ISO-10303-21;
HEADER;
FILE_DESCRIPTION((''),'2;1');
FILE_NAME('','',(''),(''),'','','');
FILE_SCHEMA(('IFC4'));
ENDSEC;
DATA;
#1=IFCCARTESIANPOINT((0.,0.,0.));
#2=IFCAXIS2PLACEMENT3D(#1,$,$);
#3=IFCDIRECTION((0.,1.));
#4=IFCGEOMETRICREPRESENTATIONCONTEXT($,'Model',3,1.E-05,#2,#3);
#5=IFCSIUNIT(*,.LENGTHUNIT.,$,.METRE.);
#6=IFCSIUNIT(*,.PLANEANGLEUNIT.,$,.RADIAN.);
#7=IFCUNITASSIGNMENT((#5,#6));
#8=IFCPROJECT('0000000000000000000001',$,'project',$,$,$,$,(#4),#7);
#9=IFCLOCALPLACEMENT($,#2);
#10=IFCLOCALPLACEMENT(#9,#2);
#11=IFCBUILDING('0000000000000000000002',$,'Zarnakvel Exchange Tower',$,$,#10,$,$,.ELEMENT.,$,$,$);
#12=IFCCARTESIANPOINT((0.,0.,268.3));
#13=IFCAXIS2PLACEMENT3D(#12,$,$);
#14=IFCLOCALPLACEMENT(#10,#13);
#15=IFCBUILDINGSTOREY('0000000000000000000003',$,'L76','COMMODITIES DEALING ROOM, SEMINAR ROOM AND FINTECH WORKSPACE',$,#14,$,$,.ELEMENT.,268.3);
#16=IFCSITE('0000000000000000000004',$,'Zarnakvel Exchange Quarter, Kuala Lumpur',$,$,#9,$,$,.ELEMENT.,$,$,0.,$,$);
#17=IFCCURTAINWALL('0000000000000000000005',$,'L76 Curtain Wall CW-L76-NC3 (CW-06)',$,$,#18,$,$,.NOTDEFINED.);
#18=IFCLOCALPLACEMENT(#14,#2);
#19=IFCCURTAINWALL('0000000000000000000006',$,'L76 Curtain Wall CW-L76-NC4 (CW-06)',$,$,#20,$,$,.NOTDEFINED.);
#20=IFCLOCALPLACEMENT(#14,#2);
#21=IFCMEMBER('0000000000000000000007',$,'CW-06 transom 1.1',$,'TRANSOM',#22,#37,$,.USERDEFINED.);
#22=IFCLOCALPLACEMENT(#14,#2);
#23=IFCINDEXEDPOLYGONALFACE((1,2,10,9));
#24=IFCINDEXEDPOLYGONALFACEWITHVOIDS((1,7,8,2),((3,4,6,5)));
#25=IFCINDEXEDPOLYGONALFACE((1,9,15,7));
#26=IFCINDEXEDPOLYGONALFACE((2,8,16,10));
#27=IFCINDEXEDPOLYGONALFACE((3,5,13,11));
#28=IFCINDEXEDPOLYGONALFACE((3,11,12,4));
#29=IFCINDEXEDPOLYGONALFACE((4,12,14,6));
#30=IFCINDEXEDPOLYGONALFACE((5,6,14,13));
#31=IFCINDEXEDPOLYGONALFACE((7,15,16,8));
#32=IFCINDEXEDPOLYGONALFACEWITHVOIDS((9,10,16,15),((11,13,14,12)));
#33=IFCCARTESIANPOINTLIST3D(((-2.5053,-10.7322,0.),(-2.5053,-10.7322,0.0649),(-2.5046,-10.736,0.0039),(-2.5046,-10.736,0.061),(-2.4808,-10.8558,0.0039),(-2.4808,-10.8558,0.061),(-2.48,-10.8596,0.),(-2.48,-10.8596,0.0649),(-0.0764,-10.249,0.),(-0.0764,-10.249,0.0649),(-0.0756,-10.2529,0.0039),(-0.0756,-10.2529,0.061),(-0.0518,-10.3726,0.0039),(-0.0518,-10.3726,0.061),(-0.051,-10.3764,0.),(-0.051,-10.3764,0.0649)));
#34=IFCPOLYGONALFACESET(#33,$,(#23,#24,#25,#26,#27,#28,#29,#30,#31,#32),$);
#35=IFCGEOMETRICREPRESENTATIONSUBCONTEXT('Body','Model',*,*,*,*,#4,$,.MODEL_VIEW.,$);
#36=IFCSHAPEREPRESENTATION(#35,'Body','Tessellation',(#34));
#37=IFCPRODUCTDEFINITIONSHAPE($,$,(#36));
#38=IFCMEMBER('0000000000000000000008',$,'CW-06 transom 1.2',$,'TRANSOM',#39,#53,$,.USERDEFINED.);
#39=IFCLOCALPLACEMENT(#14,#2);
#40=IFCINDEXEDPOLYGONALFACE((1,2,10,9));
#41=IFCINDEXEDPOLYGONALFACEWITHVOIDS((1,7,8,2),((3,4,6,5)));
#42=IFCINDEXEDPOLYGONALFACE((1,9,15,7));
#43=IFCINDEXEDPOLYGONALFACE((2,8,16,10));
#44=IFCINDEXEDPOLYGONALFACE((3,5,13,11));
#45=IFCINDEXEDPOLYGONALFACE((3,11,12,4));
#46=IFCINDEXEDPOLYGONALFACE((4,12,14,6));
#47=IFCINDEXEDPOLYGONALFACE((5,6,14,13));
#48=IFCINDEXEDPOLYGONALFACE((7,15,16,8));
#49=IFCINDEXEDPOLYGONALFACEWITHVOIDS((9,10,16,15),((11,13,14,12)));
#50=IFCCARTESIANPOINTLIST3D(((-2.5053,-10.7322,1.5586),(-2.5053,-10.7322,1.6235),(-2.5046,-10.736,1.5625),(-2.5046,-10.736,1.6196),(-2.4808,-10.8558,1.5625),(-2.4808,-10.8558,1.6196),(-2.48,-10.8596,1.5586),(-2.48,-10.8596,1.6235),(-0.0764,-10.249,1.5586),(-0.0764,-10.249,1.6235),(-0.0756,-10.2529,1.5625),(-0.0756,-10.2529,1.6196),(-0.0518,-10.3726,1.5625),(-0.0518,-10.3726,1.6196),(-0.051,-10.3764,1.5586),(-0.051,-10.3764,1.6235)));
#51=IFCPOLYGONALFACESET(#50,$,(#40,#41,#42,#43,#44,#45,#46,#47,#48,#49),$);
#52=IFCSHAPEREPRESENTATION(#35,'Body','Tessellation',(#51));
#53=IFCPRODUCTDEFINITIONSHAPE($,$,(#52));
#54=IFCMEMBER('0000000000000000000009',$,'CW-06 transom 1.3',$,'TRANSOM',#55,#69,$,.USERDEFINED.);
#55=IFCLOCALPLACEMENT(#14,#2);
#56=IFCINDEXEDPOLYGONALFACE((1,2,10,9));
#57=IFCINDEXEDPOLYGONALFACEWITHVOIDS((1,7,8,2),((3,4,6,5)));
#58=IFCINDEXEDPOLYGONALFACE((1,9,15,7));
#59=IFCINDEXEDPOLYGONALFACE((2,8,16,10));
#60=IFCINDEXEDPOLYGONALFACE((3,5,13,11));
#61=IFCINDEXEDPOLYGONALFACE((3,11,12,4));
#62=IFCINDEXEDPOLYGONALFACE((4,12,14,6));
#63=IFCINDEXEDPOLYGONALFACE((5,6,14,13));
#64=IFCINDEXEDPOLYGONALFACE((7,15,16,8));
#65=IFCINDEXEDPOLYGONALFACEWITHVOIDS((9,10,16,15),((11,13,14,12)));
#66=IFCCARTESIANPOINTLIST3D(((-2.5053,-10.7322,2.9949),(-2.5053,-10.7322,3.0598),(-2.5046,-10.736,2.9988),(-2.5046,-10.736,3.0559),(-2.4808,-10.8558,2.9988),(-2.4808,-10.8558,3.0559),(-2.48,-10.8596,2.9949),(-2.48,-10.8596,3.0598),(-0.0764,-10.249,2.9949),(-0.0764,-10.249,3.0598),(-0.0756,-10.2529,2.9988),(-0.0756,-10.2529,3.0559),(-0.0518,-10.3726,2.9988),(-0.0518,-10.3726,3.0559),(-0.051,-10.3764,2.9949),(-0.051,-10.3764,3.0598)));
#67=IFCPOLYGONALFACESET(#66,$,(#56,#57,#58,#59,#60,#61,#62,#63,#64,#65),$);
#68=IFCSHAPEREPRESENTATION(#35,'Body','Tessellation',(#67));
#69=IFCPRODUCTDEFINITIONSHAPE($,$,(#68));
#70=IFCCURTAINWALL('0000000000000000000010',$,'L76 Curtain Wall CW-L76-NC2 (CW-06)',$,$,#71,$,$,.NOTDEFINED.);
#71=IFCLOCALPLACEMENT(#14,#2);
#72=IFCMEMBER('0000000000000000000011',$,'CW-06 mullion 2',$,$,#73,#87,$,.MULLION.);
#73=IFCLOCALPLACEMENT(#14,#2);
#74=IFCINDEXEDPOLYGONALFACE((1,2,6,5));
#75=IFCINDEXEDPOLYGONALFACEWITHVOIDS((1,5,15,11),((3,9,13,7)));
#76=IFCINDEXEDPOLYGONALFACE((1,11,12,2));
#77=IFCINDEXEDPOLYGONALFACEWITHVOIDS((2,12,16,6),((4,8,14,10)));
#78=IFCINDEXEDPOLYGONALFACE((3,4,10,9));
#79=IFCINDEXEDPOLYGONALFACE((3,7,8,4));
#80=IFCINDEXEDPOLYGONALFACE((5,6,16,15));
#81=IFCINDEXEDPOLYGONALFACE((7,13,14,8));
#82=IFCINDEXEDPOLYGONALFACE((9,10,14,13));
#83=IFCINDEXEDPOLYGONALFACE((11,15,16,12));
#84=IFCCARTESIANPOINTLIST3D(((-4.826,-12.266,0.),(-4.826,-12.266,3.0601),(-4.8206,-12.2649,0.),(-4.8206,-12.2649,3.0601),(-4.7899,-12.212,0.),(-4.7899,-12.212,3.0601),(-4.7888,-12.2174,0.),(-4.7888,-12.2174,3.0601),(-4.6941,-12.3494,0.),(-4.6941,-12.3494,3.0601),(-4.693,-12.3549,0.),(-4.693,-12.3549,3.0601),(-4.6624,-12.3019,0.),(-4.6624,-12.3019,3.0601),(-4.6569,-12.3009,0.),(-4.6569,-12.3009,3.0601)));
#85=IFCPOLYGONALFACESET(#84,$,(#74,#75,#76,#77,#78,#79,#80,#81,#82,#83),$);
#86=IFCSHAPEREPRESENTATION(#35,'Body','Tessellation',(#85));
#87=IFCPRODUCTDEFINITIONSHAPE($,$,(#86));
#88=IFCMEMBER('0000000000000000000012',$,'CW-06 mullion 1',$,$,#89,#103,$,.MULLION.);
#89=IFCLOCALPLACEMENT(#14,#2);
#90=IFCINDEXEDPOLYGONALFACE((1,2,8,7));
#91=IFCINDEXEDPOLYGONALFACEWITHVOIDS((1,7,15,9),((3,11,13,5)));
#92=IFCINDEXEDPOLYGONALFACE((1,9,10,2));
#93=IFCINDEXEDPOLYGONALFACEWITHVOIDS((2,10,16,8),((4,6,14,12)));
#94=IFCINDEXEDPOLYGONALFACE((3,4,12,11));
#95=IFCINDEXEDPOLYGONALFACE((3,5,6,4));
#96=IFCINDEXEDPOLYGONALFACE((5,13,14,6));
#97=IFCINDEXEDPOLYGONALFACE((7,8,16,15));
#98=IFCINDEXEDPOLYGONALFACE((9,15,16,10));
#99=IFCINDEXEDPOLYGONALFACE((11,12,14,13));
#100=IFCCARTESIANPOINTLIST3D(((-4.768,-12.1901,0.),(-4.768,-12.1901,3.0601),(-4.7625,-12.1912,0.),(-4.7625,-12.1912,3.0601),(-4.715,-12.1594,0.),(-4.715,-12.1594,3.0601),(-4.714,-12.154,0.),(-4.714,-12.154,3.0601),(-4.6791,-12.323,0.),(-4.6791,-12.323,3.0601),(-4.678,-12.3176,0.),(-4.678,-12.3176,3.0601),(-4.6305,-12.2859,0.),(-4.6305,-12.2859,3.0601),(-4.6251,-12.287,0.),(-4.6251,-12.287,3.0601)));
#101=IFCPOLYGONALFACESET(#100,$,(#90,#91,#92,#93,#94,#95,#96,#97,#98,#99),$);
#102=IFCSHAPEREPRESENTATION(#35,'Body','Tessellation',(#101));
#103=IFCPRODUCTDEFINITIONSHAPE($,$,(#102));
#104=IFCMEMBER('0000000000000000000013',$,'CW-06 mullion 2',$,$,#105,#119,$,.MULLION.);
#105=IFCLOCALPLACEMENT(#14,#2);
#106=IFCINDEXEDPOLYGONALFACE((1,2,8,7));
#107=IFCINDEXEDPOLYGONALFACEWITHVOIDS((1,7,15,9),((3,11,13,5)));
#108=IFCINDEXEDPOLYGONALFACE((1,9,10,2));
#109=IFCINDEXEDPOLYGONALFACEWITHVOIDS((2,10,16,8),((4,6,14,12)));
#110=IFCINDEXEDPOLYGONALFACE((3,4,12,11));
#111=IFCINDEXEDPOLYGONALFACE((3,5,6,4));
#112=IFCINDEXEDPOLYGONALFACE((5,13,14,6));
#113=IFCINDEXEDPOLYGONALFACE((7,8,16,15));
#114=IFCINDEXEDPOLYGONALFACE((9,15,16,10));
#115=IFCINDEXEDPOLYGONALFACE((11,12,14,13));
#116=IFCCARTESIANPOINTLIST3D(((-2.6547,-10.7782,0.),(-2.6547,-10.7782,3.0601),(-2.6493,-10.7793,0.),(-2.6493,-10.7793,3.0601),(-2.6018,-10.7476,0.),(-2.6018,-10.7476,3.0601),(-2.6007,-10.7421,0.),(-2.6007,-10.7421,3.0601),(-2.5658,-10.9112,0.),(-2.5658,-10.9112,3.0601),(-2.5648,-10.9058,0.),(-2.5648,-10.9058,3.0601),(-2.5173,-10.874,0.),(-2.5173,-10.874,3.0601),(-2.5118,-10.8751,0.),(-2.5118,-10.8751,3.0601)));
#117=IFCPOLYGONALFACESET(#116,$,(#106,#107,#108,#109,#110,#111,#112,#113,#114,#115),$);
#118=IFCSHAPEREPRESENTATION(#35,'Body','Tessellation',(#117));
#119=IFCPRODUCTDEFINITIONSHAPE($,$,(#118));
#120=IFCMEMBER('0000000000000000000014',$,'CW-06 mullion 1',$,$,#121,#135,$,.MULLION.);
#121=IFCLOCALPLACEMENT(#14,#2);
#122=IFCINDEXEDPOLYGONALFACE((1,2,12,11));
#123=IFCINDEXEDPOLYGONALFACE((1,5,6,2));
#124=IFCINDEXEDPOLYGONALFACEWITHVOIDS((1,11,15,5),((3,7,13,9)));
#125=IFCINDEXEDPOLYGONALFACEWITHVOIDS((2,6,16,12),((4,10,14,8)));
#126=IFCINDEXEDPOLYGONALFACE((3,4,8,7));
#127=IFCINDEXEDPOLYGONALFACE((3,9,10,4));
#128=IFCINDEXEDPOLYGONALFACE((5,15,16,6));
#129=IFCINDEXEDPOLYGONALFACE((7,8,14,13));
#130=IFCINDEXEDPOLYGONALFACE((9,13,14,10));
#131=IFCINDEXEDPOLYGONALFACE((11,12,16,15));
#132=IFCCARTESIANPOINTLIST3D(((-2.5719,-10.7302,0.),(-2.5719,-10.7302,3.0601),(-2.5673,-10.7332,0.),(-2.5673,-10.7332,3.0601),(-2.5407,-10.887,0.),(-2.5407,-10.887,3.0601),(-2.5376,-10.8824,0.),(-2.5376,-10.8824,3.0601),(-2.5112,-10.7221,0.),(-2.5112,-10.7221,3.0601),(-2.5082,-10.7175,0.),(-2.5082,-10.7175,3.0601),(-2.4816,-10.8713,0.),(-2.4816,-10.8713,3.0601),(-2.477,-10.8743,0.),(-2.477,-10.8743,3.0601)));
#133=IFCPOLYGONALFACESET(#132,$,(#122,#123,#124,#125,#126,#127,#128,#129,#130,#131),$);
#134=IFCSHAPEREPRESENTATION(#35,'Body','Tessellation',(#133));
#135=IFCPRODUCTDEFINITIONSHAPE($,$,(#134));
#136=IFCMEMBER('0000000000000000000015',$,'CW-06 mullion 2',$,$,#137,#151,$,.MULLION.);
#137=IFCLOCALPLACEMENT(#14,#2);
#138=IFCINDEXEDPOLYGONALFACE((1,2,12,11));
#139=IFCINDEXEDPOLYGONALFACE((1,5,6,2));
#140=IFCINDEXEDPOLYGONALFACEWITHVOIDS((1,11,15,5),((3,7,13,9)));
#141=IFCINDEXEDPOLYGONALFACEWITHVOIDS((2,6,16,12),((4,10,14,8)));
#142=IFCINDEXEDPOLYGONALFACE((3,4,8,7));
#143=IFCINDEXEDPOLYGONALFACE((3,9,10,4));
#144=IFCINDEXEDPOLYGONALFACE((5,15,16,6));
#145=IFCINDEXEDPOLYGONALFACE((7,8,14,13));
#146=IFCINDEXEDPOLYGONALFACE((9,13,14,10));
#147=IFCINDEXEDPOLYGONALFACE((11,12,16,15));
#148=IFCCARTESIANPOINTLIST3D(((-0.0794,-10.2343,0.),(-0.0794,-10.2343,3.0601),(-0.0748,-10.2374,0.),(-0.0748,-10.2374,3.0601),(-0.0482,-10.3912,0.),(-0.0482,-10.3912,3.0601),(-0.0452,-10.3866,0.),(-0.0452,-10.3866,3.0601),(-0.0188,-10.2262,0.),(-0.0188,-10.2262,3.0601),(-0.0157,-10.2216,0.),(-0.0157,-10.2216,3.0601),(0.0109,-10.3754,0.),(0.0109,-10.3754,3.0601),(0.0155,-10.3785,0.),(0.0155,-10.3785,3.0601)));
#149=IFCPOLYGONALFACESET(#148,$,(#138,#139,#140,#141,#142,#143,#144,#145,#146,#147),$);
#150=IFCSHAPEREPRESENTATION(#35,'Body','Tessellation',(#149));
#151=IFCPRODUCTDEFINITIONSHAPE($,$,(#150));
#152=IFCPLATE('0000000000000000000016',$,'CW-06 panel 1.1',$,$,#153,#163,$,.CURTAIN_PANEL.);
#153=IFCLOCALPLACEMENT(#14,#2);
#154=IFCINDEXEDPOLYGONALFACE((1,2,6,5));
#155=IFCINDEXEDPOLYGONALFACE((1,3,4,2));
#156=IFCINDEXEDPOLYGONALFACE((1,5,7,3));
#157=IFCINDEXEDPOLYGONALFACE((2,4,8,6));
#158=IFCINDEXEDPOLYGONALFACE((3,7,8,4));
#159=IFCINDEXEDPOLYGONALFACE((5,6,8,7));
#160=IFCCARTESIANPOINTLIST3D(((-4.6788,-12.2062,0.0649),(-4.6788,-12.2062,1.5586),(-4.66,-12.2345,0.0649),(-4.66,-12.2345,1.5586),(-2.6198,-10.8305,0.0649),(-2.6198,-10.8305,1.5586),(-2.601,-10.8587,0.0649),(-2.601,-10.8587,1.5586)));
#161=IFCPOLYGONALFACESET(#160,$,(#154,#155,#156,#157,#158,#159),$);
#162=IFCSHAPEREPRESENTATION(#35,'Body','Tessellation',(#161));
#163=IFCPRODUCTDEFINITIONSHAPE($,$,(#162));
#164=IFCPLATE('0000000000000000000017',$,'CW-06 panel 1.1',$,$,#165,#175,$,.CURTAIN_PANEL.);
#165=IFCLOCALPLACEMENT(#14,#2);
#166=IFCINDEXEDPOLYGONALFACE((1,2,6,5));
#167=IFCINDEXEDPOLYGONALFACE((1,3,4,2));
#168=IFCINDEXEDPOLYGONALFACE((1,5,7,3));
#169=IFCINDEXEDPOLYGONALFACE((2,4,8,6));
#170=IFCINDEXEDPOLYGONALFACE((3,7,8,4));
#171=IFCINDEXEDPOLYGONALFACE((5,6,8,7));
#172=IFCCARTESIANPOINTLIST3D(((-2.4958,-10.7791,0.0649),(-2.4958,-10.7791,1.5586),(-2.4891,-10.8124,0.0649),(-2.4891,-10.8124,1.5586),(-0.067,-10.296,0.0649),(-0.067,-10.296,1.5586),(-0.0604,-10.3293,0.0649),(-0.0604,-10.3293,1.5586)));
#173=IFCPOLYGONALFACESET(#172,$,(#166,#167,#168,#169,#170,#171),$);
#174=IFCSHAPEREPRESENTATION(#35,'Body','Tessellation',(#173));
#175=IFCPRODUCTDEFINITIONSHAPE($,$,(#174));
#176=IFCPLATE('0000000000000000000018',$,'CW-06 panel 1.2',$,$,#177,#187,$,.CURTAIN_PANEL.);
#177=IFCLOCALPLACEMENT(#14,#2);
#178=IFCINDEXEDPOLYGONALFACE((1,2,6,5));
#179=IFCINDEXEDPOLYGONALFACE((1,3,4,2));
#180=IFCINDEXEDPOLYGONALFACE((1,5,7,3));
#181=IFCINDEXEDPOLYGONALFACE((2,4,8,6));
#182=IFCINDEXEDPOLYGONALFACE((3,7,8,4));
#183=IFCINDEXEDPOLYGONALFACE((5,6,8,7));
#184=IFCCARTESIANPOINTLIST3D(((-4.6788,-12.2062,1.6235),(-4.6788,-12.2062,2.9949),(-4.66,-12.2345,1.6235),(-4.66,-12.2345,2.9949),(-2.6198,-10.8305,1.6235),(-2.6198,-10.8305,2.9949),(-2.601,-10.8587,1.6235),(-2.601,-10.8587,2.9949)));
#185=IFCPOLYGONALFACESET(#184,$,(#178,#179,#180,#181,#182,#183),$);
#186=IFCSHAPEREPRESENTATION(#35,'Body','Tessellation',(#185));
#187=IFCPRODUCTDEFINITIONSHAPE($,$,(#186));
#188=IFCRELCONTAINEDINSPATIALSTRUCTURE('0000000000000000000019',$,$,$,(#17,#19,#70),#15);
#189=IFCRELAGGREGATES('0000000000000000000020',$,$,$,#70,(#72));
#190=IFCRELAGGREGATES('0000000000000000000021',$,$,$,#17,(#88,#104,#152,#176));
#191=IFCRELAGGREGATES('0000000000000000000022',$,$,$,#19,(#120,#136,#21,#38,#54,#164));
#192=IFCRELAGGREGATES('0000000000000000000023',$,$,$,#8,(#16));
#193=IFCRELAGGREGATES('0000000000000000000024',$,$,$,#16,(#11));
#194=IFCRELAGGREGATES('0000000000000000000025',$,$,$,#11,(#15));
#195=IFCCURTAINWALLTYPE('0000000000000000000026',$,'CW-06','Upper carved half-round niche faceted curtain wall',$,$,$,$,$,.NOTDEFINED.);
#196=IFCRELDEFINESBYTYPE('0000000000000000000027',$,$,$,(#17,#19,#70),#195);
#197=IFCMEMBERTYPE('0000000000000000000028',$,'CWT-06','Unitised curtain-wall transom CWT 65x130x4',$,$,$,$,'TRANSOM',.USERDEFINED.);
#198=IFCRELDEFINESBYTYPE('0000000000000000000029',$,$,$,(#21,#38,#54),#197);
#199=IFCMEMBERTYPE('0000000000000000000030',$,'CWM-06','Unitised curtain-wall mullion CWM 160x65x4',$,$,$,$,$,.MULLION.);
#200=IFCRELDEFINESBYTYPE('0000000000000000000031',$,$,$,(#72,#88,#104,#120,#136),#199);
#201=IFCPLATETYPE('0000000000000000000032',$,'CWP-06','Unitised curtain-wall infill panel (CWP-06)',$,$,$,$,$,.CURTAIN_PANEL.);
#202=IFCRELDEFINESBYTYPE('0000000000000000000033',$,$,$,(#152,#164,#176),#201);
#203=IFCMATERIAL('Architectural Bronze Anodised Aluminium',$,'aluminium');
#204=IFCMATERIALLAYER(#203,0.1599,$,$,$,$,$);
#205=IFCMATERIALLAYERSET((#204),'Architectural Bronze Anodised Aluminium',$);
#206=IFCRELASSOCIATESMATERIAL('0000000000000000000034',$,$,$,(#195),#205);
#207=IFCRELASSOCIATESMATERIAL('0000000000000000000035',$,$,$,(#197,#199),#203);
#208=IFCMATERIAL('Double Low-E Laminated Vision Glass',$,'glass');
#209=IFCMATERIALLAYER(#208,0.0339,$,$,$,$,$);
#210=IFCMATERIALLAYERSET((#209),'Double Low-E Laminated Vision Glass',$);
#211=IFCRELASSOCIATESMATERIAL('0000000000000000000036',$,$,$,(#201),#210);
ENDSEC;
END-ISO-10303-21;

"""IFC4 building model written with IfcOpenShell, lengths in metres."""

from ifc_helpers import new_model, si_unit, direction, frame, origin, origin_2d, place, context, subcontext, project, spatial, rectangle, hollow_rectangle, extrude, source, transform, mapped, material, layer, layer_set, material_profile, profile_set, type_object, element, aggregate, save


model = new_model("IFC4")

# Units and contexts
model_context = context("Model", 3, precision=1e-05, world=origin(), true_north=direction((0.0, 1.0)))
body_context = subcontext(model_context, "Body", "Model", "MODEL_VIEW")
ifc_project = project(units=[si_unit("LENGTHUNIT", "METRE"), si_unit("PLANEANGLEUNIT", "RADIAN")], contexts=[model_context])

# Site, building, storey
site_placement = place(None, origin())
site = spatial("IfcSite", under=ifc_project, at=site_placement, Name="Zarnakvel Exchange Quarter, Kuala Lumpur", CompositionType="ELEMENT", RefElevation=0.0)
building_placement = place(site_placement, origin())
building = spatial("IfcBuilding", under=site, at=building_placement, Name="Zarnakvel Exchange Tower", CompositionType="ELEMENT")
storey_placement = place(building_placement, frame((0.0, 0.0, 268.3)))
storey = spatial("IfcBuildingStorey", under=building, at=storey_placement, Name="L76", Description="COMMODITIES DEALING ROOM, SEMINAR ROOM AND FINTECH WORKSPACE", CompositionType="ELEMENT", Elevation=268.3)

# Curtain walls, members
ifc_material_1 = material(Name="Architectural Bronze Anodised Aluminium", Category="aluminium")
ifc_layer_1 = layer(ifc_material_1, 0.1599)
ifc_layer_set_1 = layer_set([ifc_layer_1], Name="Architectural Bronze Anodised Aluminium")
curtain_wall_type = type_object("IfcCurtainWallType", Name="CW-06", Description="Upper carved half-round niche faceted curtain wall", PredefinedType="NOTDEFINED", material=ifc_layer_set_1)
curtain_wall_1_placement = place(storey_placement, origin())
curtain_wall_1 = element("IfcCurtainWall", 1, at=curtain_wall_1_placement, inside=storey, type_object=curtain_wall_type, Name="L76 Curtain Wall CW-L76-NC3 (CW-06)", PredefinedType="NOTDEFINED")
ifc_material_profile_1 = material_profile(ifc_material_1, hollow_rectangle(XDim=0.1299, YDim=0.0649, WallThickness=0.0039, at=origin_2d()))
ifc_profile_set_1 = profile_set([ifc_material_profile_1], Name="Architectural Bronze Anodised Aluminium")
member_type_1 = type_object("IfcMemberType", Name="CWT-06", Description="Unitised curtain-wall transom CWT 65x130x4", ElementType="TRANSOM", PredefinedType="USERDEFINED", material=ifc_profile_set_1)
shared_shape_1 = source(origin(), body_context, "Body", "SweptSolid", [
    extrude(hollow_rectangle(XDim=0.1299, YDim=0.0649, WallThickness=0.0039, at=origin_2d()), origin(), (0.0, 0.0, 1.0), 2.4766),
])
curtain_wall_2_placement = place(storey_placement, origin())
curtain_wall_2 = element("IfcCurtainWall", 2, at=curtain_wall_2_placement, inside=storey, type_object=curtain_wall_type, Name="L76 Curtain Wall CW-L76-NC4 (CW-06)", PredefinedType="NOTDEFINED")
member_1_placement = place(storey_placement, frame((-2.4927, -10.7959, 0.0325), z_axis=(0.980785, 0.195092, 0.0), x_axis=(-0.195092, 0.980785, 0.0)))
member_1 = element("IfcMember", 3, at=member_1_placement, type_object=member_type_1, Name="CW-06 transom 1.1", ObjectType="TRANSOM", PredefinedType="USERDEFINED", context=body_context, shape_type="MappedRepresentation", body=[
    mapped(shared_shape_1, transform((0.0, 0.0, 0.0), x_axis=(1.0, 0.0, 0.0), y_axis=(0.0, 1.0, 0.0), z_axis=(0.0, 0.0, 1.0), scale=1.0)),
])
member_2_placement = place(storey_placement, frame((-2.4927, -10.7959, 1.5911), z_axis=(0.980785, 0.195092, 0.0), x_axis=(-0.195092, 0.980785, 0.0)))
member_2 = element("IfcMember", 4, at=member_2_placement, type_object=member_type_1, Name="CW-06 transom 1.2", ObjectType="TRANSOM", PredefinedType="USERDEFINED", context=body_context, shape_type="MappedRepresentation", body=[
    mapped(shared_shape_1, transform((0.0, 0.0, 0.0), x_axis=(1.0, 0.0, 0.0), y_axis=(0.0, 1.0, 0.0), z_axis=(0.0, 0.0, 1.0), scale=1.0)),
])
member_3_placement = place(storey_placement, frame((-2.4927, -10.7959, 3.0273), z_axis=(0.980785, 0.195092, 0.0), x_axis=(-0.195092, 0.980785, 0.0)))
member_3 = element("IfcMember", 5, at=member_3_placement, type_object=member_type_1, Name="CW-06 transom 1.3", ObjectType="TRANSOM", PredefinedType="USERDEFINED", context=body_context, shape_type="MappedRepresentation", body=[
    mapped(shared_shape_1, transform((0.0, 0.0, 0.0), x_axis=(1.0, 0.0, 0.0), y_axis=(0.0, 1.0, 0.0), z_axis=(0.0, 0.0, 1.0), scale=1.0)),
])

# Curtain wall, member
curtain_wall_3_placement = place(storey_placement, origin())
curtain_wall_3 = element("IfcCurtainWall", 6, at=curtain_wall_3_placement, inside=storey, type_object=curtain_wall_type, Name="L76 Curtain Wall CW-L76-NC2 (CW-06)", PredefinedType="NOTDEFINED")
ifc_material_profile_2 = material_profile(ifc_material_1, hollow_rectangle(XDim=0.1599, YDim=0.0649, WallThickness=0.0039, at=origin_2d()))
ifc_profile_set_2 = profile_set([ifc_material_profile_2], Name="Architectural Bronze Anodised Aluminium")
member_type_2 = type_object("IfcMemberType", Name="CWM-06", Description="Unitised curtain-wall mullion CWM 160x65x4", PredefinedType="MULLION", material=ifc_profile_set_2)
shared_shape_2 = source(origin(), body_context, "Body", "SweptSolid", [
    extrude(hollow_rectangle(XDim=0.1599, YDim=0.0649, WallThickness=0.0039, at=origin_2d()), origin(), (0.0, 0.0, 1.0), 3.0601),
])
member_4_placement = place(storey_placement, frame((-4.7415, -12.2834, 0.0), z_axis=(0.0, 0.0, 1.0), x_axis=(-0.83147, 0.55557, 0.0)))
member_4 = element("IfcMember", 7, at=member_4_placement, type_object=member_type_2, Name="CW-06 mullion 2", PredefinedType="MULLION", context=body_context, shape_type="MappedRepresentation", body=[
    mapped(shared_shape_2, transform((0.0, 0.0, 0.0), x_axis=(1.0, 0.0, 0.0), y_axis=(0.0, 1.0, 0.0), z_axis=(0.0, 0.0, 1.0), scale=1.0)),
])
aggregate(curtain_wall_3, [member_4])

# Members
member_5_placement = place(storey_placement, frame((-4.6965, -12.2385, 0.0), z_axis=(0.0, 0.0, 1.0), x_axis=(-0.55557, 0.83147, 0.0)))
member_5 = element("IfcMember", 8, at=member_5_placement, type_object=member_type_2, Name="CW-06 mullion 1", PredefinedType="MULLION", context=body_context, shape_type="MappedRepresentation", body=[
    mapped(shared_shape_2, transform((0.0, 0.0, 0.0), x_axis=(1.0, 0.0, 0.0), y_axis=(0.0, 1.0, 0.0), z_axis=(0.0, 0.0, 1.0), scale=1.0)),
])
member_6_placement = place(storey_placement, frame((-2.5833, -10.8267, 0.0), z_axis=(0.0, 0.0, 1.0), x_axis=(-0.55557, 0.83147, 0.0)))
member_6 = element("IfcMember", 9, at=member_6_placement, type_object=member_type_2, Name="CW-06 mullion 2", PredefinedType="MULLION", context=body_context, shape_type="MappedRepresentation", body=[
    mapped(shared_shape_2, transform((0.0, 0.0, 0.0), x_axis=(1.0, 0.0, 0.0), y_axis=(0.0, 1.0, 0.0), z_axis=(0.0, 0.0, 1.0), scale=1.0)),
])
member_7_placement = place(storey_placement, frame((-2.5244, -10.8022, 0.0), z_axis=(0.0, 0.0, 1.0), x_axis=(-0.19509, 0.980785, 0.0)))
member_7 = element("IfcMember", 10, at=member_7_placement, type_object=member_type_2, Name="CW-06 mullion 1", PredefinedType="MULLION", context=body_context, shape_type="MappedRepresentation", body=[
    mapped(shared_shape_2, transform((0.0, 0.0, 0.0), x_axis=(1.0, 0.0, 0.0), y_axis=(0.0, 1.0, 0.0), z_axis=(0.0, 0.0, 1.0), scale=1.0)),
])
member_8_placement = place(storey_placement, frame((-0.032, -10.3064, 0.0), z_axis=(0.0, 0.0, 1.0), x_axis=(-0.19509, 0.980785, 0.0)))
member_8 = element("IfcMember", 11, at=member_8_placement, type_object=member_type_2, Name="CW-06 mullion 2", PredefinedType="MULLION", context=body_context, shape_type="MappedRepresentation", body=[
    mapped(shared_shape_2, transform((0.0, 0.0, 0.0), x_axis=(1.0, 0.0, 0.0), y_axis=(0.0, 1.0, 0.0), z_axis=(0.0, 0.0, 1.0), scale=1.0)),
])

# Plates
ifc_material_2 = material(Name="Double Low-E Laminated Vision Glass", Category="glass")
ifc_layer_2 = layer(ifc_material_2, 0.0339)
ifc_layer_set_2 = layer_set([ifc_layer_2], Name="Double Low-E Laminated Vision Glass")
plate_type = type_object("IfcPlateType", Name="CWP-06", Description="Unitised curtain-wall infill panel (CWP-06)", PredefinedType="CURTAIN_PANEL", material=ifc_layer_set_2)
shared_shape_3 = source(origin(), body_context, "Body", "SweptSolid", [
    extrude(rectangle(XDim=2.4763, YDim=0.0339, at=origin_2d()), origin(), (0.0, 0.0, 1.0), 1.4937),
])
plate_1_placement = place(storey_placement, frame((-3.6399, -11.5325, 0.0649), z_axis=(0.0, 0.0, 1.0), x_axis=(0.83147, 0.55557, 0.0)))
plate_1 = element("IfcPlate", 12, at=plate_1_placement, type_object=plate_type, Name="CW-06 panel 1.1", PredefinedType="CURTAIN_PANEL", context=body_context, shape_type="MappedRepresentation", body=[
    mapped(shared_shape_3, transform((0.0, 0.0, 0.0), x_axis=(1.0, 0.0, 0.0), y_axis=(0.0, 1.0, 0.0), z_axis=(0.0, 0.0, 1.0), scale=1.0)),
])
plate_2_placement = place(storey_placement, frame((-1.2781, -10.5542, 0.0649), z_axis=(0.0, 0.0, 1.0), x_axis=(0.980785, 0.19509, 0.0)))
plate_2 = element("IfcPlate", 13, at=plate_2_placement, type_object=plate_type, Name="CW-06 panel 1.1", PredefinedType="CURTAIN_PANEL", context=body_context, shape_type="MappedRepresentation", body=[
    mapped(shared_shape_3, transform((0.0, 0.0, 0.0), x_axis=(1.0, 0.0, 0.0), y_axis=(0.0, 1.0, 0.0), z_axis=(0.0, 0.0, 1.0), scale=1.0)),
])
shared_shape_4 = source(origin(), body_context, "Body", "SweptSolid", [
    extrude(rectangle(XDim=2.4763, YDim=0.0339, at=origin_2d()), origin(), (0.0, 0.0, 1.0), 1.3713),
])
plate_3_placement = place(storey_placement, frame((-3.6399, -11.5325, 1.6235), z_axis=(0.0, 0.0, 1.0), x_axis=(0.83147, 0.55557, 0.0)))
plate_3 = element("IfcPlate", 14, at=plate_3_placement, type_object=plate_type, Name="CW-06 panel 1.2", PredefinedType="CURTAIN_PANEL", context=body_context, shape_type="MappedRepresentation", body=[
    mapped(shared_shape_4, transform((0.0, 0.0, 0.0), x_axis=(1.0, 0.0, 0.0), y_axis=(0.0, 1.0, 0.0), z_axis=(0.0, 0.0, 1.0), scale=1.0)),
])
aggregate(curtain_wall_1, [member_5, member_6, plate_1, plate_3])
aggregate(curtain_wall_2, [member_7, member_8, member_1, member_2, member_3, plate_2])

save(model, "model.ifc")
